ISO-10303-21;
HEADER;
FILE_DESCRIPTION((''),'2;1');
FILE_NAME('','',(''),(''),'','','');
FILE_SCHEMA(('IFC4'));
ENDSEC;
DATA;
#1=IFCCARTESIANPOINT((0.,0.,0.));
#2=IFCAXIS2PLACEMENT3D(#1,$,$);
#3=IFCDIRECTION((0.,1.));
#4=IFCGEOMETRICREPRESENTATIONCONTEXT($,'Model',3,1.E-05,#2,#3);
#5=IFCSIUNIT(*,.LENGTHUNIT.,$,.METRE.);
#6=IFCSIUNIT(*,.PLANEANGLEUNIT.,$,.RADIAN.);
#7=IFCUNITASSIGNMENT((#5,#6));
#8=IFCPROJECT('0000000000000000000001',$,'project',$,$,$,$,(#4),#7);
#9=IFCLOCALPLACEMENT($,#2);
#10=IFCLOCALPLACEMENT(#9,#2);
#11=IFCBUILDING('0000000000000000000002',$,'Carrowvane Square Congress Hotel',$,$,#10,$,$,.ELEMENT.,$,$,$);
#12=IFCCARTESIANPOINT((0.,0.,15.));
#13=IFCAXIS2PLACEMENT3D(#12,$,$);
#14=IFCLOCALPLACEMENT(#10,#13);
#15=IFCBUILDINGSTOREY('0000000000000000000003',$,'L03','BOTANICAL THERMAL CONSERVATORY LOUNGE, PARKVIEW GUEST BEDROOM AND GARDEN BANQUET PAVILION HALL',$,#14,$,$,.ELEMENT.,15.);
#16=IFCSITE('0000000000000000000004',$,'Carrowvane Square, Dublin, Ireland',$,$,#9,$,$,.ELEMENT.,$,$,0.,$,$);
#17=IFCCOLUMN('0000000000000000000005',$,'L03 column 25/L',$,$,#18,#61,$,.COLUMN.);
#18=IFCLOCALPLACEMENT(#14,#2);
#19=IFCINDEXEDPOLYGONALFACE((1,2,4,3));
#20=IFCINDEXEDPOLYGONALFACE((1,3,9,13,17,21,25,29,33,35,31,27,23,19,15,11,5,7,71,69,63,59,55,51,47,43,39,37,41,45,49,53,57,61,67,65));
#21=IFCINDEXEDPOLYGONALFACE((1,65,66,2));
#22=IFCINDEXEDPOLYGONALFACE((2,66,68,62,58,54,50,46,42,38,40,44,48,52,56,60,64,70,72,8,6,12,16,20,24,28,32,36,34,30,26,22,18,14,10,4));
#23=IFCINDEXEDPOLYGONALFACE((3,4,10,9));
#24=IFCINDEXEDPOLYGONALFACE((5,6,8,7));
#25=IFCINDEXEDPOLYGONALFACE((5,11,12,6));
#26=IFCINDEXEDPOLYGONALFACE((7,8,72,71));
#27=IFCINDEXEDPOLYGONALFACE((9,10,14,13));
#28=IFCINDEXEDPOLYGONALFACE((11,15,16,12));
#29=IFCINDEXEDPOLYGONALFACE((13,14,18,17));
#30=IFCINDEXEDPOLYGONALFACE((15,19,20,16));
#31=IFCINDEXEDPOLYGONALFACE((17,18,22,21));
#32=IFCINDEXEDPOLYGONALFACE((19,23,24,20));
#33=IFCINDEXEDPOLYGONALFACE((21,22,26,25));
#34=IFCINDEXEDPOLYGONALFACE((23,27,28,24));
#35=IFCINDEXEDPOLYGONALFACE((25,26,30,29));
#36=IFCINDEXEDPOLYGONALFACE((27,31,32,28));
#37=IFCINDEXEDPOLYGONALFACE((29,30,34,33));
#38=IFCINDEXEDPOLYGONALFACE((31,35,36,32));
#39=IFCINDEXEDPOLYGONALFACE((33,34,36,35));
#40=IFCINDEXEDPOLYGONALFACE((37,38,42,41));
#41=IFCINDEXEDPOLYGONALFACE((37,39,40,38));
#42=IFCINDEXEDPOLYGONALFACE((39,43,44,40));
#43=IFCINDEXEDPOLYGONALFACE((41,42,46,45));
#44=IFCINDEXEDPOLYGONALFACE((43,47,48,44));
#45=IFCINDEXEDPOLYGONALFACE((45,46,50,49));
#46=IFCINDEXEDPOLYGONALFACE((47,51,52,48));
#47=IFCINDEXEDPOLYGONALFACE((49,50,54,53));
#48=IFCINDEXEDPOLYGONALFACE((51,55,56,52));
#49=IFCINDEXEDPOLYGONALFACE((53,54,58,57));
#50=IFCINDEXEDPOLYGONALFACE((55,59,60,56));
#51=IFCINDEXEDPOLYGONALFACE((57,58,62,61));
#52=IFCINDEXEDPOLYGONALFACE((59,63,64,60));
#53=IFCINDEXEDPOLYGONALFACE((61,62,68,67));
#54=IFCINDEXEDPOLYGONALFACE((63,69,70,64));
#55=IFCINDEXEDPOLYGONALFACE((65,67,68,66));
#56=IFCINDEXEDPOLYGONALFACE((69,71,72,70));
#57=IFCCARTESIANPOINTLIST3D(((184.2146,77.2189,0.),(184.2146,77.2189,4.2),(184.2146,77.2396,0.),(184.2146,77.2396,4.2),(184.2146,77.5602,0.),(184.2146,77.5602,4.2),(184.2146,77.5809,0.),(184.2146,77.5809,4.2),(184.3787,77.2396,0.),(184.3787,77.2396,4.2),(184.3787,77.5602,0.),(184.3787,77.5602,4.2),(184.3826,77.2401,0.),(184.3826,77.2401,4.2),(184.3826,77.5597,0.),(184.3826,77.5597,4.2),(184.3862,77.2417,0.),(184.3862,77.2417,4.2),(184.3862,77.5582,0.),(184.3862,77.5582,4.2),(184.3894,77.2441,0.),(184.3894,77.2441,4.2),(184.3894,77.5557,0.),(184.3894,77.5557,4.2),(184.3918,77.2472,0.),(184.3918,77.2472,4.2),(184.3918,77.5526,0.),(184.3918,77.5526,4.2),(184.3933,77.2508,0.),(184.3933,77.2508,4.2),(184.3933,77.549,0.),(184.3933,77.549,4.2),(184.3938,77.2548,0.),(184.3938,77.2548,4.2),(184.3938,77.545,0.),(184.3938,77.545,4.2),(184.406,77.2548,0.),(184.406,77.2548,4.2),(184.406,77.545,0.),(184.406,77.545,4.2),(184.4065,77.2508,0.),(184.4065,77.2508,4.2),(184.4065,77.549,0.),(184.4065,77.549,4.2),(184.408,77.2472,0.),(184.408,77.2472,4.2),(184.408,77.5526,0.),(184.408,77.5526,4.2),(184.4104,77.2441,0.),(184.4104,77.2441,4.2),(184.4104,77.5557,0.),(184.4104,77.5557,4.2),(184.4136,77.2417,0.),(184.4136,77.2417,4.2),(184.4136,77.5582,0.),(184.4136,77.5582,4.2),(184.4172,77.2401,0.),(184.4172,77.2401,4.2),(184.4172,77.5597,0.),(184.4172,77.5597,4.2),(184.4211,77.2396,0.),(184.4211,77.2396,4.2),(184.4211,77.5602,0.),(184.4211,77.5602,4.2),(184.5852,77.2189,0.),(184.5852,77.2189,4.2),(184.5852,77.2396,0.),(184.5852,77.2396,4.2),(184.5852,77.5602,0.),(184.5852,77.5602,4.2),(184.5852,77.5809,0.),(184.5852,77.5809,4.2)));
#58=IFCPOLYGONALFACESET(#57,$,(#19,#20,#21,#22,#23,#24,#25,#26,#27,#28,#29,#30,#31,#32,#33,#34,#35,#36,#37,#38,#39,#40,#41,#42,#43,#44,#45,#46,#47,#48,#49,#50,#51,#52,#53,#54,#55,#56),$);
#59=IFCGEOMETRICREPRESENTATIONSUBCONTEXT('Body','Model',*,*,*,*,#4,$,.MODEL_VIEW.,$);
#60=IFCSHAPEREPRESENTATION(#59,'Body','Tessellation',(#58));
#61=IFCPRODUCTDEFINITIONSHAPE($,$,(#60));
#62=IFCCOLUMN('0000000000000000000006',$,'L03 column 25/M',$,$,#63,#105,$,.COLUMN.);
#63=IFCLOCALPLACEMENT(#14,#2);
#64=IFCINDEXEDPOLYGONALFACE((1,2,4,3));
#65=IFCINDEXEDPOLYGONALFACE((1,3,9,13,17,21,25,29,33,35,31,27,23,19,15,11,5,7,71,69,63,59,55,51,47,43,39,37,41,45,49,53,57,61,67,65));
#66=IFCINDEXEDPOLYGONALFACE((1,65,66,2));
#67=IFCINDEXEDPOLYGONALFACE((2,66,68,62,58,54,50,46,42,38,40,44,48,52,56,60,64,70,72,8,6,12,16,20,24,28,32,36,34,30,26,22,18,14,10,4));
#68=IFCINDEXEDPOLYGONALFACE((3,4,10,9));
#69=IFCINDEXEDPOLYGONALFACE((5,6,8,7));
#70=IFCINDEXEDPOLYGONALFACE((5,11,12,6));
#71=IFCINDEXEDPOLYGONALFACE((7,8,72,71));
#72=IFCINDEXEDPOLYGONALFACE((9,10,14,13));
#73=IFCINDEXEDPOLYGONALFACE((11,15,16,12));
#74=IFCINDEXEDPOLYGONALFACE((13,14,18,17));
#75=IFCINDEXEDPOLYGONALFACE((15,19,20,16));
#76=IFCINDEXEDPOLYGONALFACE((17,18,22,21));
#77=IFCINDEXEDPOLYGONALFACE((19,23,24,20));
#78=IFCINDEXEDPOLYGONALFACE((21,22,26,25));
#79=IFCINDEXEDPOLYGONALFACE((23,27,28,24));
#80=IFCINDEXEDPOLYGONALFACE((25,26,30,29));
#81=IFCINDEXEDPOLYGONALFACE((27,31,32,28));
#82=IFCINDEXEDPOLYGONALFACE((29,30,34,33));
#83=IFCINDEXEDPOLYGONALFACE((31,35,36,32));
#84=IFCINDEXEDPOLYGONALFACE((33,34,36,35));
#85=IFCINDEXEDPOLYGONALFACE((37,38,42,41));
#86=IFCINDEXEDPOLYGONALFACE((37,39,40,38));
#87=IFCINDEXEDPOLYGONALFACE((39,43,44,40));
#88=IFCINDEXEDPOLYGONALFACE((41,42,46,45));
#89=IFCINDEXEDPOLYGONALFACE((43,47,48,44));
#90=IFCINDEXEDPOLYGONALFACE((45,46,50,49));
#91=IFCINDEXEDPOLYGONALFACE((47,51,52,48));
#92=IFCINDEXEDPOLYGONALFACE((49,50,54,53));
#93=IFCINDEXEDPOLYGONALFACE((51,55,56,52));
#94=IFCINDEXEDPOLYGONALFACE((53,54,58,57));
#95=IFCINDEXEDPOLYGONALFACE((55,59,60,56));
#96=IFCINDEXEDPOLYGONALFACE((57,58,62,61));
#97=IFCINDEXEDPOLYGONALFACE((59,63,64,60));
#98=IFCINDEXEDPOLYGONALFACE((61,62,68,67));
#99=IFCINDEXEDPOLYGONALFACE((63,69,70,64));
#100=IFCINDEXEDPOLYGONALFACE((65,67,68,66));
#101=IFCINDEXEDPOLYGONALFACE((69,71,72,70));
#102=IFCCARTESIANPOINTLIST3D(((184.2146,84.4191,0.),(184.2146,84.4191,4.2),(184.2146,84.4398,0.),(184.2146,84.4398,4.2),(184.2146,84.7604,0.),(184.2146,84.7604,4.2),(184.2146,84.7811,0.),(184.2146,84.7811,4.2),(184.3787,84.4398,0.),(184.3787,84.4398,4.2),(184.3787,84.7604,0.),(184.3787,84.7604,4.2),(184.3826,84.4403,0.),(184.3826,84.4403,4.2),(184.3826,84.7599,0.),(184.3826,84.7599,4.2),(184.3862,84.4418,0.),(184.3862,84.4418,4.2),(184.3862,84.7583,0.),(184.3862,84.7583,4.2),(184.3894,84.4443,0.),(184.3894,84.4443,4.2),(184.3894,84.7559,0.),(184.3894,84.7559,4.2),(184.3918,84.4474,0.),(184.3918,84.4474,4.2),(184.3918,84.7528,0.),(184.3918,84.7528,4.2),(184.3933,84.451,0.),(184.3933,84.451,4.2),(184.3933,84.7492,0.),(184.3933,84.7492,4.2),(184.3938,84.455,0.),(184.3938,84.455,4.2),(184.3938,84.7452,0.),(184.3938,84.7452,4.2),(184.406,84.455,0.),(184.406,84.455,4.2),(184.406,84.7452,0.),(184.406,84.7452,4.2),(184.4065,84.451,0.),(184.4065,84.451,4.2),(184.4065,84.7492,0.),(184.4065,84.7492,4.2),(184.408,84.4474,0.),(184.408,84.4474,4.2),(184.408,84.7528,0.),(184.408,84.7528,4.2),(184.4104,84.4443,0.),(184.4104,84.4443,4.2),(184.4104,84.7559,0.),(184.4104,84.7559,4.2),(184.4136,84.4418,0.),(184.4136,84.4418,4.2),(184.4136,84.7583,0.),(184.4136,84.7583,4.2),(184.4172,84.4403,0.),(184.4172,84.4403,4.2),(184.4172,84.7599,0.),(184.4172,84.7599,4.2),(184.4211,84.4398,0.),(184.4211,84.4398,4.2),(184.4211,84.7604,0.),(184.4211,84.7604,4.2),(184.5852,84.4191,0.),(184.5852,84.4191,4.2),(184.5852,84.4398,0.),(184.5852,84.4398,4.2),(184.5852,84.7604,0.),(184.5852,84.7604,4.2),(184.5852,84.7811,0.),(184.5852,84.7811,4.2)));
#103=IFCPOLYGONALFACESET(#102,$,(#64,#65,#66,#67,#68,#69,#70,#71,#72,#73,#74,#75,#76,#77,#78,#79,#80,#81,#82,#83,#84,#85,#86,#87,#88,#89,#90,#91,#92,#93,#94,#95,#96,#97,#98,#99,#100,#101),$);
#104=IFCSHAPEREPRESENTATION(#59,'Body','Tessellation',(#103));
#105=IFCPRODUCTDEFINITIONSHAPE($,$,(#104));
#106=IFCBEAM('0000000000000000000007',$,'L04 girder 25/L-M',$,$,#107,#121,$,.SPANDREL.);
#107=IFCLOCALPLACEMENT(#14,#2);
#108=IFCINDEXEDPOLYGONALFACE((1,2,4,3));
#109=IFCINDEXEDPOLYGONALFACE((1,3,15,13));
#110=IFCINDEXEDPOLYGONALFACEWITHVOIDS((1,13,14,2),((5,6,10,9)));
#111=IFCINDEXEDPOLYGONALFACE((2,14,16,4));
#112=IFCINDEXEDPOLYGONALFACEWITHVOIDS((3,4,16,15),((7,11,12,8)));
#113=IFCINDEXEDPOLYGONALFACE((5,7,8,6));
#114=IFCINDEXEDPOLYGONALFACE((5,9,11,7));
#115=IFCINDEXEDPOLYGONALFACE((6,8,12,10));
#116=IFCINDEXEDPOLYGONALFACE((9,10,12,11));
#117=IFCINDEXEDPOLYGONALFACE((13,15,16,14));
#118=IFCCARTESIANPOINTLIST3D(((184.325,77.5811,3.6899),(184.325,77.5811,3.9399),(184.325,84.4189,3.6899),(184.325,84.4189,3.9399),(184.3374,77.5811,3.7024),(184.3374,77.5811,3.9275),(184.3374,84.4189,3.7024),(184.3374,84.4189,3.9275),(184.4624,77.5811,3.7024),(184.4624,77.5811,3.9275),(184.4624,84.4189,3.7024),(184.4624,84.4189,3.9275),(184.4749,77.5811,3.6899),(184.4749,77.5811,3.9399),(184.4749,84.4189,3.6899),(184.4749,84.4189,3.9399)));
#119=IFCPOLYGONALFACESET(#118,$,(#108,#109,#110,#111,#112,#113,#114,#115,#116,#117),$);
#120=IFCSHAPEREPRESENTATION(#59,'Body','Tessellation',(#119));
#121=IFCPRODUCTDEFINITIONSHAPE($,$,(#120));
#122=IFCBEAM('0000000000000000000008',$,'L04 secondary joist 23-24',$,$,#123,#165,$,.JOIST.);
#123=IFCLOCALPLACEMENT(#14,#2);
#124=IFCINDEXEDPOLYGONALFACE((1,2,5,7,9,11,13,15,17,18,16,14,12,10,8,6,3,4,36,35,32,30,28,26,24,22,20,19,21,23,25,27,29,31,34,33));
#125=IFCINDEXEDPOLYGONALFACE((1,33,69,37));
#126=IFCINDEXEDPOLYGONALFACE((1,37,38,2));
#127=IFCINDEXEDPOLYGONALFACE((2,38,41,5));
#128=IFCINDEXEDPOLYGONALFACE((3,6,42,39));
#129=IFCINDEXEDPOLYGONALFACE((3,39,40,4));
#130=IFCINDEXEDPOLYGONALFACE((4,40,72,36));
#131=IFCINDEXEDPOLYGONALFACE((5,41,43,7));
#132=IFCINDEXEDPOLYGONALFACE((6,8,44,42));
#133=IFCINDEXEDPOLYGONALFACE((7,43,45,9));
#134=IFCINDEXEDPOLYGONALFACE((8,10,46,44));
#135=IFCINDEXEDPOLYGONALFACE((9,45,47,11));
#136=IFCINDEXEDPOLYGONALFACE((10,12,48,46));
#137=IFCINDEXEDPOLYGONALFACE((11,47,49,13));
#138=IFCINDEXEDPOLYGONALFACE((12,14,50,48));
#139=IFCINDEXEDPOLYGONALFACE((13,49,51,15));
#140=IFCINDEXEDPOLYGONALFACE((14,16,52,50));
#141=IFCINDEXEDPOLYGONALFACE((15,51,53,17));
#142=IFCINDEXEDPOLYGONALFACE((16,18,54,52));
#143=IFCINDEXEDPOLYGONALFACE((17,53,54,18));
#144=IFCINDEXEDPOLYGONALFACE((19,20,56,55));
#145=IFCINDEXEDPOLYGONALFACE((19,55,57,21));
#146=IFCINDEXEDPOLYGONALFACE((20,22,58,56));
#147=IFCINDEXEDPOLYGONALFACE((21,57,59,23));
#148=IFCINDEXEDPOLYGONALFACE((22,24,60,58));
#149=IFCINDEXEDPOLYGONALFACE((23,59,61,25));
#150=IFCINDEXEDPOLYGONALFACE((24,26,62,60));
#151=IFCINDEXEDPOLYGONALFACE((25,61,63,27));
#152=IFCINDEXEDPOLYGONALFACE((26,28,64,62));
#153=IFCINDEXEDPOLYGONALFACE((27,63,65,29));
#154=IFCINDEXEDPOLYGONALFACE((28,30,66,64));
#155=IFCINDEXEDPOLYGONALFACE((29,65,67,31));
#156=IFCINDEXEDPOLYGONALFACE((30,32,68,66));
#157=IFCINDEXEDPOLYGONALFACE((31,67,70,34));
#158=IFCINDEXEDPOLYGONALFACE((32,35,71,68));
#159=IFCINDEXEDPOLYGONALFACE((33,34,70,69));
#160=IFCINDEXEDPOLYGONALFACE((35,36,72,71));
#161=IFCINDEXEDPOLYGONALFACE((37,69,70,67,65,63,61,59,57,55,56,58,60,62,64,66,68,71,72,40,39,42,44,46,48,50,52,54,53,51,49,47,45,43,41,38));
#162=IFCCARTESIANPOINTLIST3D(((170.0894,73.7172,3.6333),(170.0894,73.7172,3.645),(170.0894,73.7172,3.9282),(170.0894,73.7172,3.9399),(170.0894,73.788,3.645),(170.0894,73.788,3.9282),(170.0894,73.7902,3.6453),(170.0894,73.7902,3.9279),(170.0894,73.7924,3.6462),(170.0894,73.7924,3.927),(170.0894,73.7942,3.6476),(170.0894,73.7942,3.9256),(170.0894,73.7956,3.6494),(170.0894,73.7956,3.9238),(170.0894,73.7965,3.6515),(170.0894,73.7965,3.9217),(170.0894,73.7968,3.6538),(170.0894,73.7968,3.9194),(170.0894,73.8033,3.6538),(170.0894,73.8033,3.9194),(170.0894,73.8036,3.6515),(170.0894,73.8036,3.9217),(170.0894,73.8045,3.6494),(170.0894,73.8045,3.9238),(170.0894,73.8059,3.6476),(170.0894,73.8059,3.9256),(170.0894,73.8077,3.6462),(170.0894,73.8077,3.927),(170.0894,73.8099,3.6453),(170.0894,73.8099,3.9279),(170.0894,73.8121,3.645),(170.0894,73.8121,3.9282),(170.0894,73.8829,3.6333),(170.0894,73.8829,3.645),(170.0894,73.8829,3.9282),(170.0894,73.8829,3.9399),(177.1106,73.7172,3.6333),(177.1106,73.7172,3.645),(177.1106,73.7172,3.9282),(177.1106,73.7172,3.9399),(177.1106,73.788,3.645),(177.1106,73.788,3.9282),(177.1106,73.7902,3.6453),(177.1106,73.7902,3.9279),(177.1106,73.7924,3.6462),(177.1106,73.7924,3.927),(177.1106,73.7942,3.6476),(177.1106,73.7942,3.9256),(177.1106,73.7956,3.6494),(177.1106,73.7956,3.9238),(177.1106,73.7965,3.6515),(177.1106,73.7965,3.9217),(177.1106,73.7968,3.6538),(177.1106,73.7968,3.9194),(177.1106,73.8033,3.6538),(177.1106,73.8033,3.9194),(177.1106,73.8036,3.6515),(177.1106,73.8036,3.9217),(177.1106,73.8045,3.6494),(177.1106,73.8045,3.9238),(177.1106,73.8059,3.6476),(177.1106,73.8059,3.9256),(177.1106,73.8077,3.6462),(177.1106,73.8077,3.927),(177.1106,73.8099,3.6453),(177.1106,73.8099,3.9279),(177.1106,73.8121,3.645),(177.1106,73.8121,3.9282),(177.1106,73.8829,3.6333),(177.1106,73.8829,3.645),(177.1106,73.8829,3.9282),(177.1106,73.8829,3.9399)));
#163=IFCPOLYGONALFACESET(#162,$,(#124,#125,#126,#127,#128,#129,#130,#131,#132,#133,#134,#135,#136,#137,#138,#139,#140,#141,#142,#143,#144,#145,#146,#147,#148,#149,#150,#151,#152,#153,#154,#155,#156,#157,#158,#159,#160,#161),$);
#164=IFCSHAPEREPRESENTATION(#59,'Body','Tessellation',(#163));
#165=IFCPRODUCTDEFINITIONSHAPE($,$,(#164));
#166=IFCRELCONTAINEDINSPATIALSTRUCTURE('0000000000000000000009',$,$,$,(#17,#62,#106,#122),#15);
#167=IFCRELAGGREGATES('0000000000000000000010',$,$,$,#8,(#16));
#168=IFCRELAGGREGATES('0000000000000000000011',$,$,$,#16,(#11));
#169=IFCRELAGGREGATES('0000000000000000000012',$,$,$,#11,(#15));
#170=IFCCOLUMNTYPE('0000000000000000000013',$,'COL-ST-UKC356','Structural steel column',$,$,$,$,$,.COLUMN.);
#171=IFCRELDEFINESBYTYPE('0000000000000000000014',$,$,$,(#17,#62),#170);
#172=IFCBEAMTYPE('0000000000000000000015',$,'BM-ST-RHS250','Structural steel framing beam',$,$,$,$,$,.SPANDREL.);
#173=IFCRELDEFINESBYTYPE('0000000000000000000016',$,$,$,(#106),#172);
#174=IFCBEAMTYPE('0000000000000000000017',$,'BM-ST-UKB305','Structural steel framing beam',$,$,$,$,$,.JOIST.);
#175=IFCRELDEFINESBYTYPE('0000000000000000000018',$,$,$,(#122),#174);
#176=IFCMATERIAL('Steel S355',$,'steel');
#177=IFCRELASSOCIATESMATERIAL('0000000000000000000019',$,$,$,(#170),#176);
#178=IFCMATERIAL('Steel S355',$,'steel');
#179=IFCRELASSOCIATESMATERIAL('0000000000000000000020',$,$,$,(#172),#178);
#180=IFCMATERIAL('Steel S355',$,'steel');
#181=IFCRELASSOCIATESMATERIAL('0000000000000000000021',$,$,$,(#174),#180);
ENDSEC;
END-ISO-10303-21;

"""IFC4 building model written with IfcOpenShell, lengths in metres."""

from ifc_helpers import new_model, si_unit, direction, frame, origin, origin_2d, place, context, subcontext, project, spatial, hollow_rectangle, i_section, extrude, material, material_profile, profile_set, type_object, element, save


model = new_model("IFC4")

# Units and contexts
model_context = context("Model", 3, precision=1e-05, world=origin(), true_north=direction((0.0, 1.0)))
body_context = subcontext(model_context, "Body", "Model", "MODEL_VIEW")
ifc_project = project(units=[si_unit("LENGTHUNIT", "METRE"), si_unit("PLANEANGLEUNIT", "RADIAN")], contexts=[model_context])

# Site, building, storey
site_placement = place(None, origin())
site = spatial("IfcSite", under=ifc_project, at=site_placement, Name="Carrowvane Square, Dublin, Ireland", CompositionType="ELEMENT", RefElevation=0.0)
building_placement = place(site_placement, origin())
building = spatial("IfcBuilding", under=site, at=building_placement, Name="Carrowvane Square Congress Hotel", CompositionType="ELEMENT")
storey_placement = place(building_placement, frame((0.0, 0.0, 15.0)))
storey = spatial("IfcBuildingStorey", under=building, at=storey_placement, Name="L03", Description="BOTANICAL THERMAL CONSERVATORY LOUNGE, PARKVIEW GUEST BEDROOM AND GARDEN BANQUET PAVILION HALL", CompositionType="ELEMENT", Elevation=15.0)

# Columns
ifc_material_1 = material(Name="Steel S355", Category="steel")
ifc_material_profile_1 = material_profile(ifc_material_1, i_section(OverallWidth=0.3706, OverallDepth=0.3621, WebThickness=0.0122, FlangeThickness=0.0208, FilletRadius=0.0151, at=origin_2d()), Name="UKC 356x368x153")
ifc_profile_set_1 = profile_set([ifc_material_profile_1], Name="Steel S355")
column_type = type_object("IfcColumnType", Name="COL-ST-UKC356", Description="Structural steel column", PredefinedType="COLUMN", material=ifc_profile_set_1)
for number, where, z_axis, x_axis, name in (
    (1, (184.3999, 77.3999, 0.0), (0.0, 0.0, 1.0), (1.0, 0.0, 0.0), "L03 column 25/L"),
    (2, (184.3999, 84.6001, 0.0), (0.0, 0.0, 1.0), (1.0, 0.0, 0.0), "L03 column 25/M"),
):
    element("IfcColumn", number, at=place(storey_placement, frame(where, z_axis=z_axis, x_axis=x_axis)), inside=storey, type_object=column_type, Name=name, PredefinedType="COLUMN", context=body_context, shape_type="SweptSolid", body=[
        extrude(i_section(OverallWidth=0.3706, OverallDepth=0.3621, WebThickness=0.0122, FlangeThickness=0.0208, FilletRadius=0.0151, at=origin_2d()), origin(), (0.0, 0.0, 1.0), 4.2),
    ])

# Beams
ifc_material_2 = material(Name="Steel S355", Category="steel")
ifc_material_profile_2 = material_profile(ifc_material_2, hollow_rectangle(XDim=0.1499, YDim=0.25, WallThickness=0.0125, at=origin_2d()), Name="RHS 250x150x12.5")
ifc_profile_set_2 = profile_set([ifc_material_profile_2], Name="Steel S355")
beam_type_1 = type_object("IfcBeamType", Name="BM-ST-RHS250", Description="Structural steel framing beam", PredefinedType="SPANDREL", material=ifc_profile_set_2)
beam_1_placement = place(storey_placement, frame((184.3999, 77.5811, 3.8149), z_axis=(0.0, 1.0, 0.0), x_axis=(-1.0, 0.0, 0.0)))
element("IfcBeam", 3, at=beam_1_placement, inside=storey, type_object=beam_type_1, Name="L04 girder 25/L-M", PredefinedType="SPANDREL", context=body_context, shape_type="SweptSolid", body=[
    extrude(hollow_rectangle(XDim=0.1499, YDim=0.25, WallThickness=0.0125, at=origin_2d()), origin(), (0.0, 0.0, 1.0), 6.8379),
])
ifc_material_3 = material(Name="Steel S355", Category="steel")
ifc_material_profile_3 = material_profile(ifc_material_3, i_section(OverallWidth=0.1658, OverallDepth=0.3066, WebThickness=0.0066, FlangeThickness=0.0117, FilletRadius=0.0088, at=origin_2d()), Name="UKB 305x165x46")
ifc_profile_set_3 = profile_set([ifc_material_profile_3], Name="Steel S355")
beam_type_2 = type_object("IfcBeamType", Name="BM-ST-UKB305", Description="Structural steel framing beam", PredefinedType="JOIST", material=ifc_profile_set_3)
for number, where, z_axis, x_axis, name in (
    (4, (170.0894, 73.8, 3.7866), (1.0, 0.0, 0.0), (0.0, 1.0, 0.0), "L04 secondary joist 23-24"),
):
    element("IfcBeam", number, at=place(storey_placement, frame(where, z_axis=z_axis, x_axis=x_axis)), inside=storey, type_object=beam_type_2, Name=name, PredefinedType="JOIST", context=body_context, shape_type="SweptSolid", body=[
        extrude(i_section(OverallWidth=0.1658, OverallDepth=0.3066, WebThickness=0.0066, FlangeThickness=0.0117, FilletRadius=0.0088, at=origin_2d()), origin(), (0.0, 0.0, 1.0), 7.0212),
    ])

save(model, "model.ifc")
